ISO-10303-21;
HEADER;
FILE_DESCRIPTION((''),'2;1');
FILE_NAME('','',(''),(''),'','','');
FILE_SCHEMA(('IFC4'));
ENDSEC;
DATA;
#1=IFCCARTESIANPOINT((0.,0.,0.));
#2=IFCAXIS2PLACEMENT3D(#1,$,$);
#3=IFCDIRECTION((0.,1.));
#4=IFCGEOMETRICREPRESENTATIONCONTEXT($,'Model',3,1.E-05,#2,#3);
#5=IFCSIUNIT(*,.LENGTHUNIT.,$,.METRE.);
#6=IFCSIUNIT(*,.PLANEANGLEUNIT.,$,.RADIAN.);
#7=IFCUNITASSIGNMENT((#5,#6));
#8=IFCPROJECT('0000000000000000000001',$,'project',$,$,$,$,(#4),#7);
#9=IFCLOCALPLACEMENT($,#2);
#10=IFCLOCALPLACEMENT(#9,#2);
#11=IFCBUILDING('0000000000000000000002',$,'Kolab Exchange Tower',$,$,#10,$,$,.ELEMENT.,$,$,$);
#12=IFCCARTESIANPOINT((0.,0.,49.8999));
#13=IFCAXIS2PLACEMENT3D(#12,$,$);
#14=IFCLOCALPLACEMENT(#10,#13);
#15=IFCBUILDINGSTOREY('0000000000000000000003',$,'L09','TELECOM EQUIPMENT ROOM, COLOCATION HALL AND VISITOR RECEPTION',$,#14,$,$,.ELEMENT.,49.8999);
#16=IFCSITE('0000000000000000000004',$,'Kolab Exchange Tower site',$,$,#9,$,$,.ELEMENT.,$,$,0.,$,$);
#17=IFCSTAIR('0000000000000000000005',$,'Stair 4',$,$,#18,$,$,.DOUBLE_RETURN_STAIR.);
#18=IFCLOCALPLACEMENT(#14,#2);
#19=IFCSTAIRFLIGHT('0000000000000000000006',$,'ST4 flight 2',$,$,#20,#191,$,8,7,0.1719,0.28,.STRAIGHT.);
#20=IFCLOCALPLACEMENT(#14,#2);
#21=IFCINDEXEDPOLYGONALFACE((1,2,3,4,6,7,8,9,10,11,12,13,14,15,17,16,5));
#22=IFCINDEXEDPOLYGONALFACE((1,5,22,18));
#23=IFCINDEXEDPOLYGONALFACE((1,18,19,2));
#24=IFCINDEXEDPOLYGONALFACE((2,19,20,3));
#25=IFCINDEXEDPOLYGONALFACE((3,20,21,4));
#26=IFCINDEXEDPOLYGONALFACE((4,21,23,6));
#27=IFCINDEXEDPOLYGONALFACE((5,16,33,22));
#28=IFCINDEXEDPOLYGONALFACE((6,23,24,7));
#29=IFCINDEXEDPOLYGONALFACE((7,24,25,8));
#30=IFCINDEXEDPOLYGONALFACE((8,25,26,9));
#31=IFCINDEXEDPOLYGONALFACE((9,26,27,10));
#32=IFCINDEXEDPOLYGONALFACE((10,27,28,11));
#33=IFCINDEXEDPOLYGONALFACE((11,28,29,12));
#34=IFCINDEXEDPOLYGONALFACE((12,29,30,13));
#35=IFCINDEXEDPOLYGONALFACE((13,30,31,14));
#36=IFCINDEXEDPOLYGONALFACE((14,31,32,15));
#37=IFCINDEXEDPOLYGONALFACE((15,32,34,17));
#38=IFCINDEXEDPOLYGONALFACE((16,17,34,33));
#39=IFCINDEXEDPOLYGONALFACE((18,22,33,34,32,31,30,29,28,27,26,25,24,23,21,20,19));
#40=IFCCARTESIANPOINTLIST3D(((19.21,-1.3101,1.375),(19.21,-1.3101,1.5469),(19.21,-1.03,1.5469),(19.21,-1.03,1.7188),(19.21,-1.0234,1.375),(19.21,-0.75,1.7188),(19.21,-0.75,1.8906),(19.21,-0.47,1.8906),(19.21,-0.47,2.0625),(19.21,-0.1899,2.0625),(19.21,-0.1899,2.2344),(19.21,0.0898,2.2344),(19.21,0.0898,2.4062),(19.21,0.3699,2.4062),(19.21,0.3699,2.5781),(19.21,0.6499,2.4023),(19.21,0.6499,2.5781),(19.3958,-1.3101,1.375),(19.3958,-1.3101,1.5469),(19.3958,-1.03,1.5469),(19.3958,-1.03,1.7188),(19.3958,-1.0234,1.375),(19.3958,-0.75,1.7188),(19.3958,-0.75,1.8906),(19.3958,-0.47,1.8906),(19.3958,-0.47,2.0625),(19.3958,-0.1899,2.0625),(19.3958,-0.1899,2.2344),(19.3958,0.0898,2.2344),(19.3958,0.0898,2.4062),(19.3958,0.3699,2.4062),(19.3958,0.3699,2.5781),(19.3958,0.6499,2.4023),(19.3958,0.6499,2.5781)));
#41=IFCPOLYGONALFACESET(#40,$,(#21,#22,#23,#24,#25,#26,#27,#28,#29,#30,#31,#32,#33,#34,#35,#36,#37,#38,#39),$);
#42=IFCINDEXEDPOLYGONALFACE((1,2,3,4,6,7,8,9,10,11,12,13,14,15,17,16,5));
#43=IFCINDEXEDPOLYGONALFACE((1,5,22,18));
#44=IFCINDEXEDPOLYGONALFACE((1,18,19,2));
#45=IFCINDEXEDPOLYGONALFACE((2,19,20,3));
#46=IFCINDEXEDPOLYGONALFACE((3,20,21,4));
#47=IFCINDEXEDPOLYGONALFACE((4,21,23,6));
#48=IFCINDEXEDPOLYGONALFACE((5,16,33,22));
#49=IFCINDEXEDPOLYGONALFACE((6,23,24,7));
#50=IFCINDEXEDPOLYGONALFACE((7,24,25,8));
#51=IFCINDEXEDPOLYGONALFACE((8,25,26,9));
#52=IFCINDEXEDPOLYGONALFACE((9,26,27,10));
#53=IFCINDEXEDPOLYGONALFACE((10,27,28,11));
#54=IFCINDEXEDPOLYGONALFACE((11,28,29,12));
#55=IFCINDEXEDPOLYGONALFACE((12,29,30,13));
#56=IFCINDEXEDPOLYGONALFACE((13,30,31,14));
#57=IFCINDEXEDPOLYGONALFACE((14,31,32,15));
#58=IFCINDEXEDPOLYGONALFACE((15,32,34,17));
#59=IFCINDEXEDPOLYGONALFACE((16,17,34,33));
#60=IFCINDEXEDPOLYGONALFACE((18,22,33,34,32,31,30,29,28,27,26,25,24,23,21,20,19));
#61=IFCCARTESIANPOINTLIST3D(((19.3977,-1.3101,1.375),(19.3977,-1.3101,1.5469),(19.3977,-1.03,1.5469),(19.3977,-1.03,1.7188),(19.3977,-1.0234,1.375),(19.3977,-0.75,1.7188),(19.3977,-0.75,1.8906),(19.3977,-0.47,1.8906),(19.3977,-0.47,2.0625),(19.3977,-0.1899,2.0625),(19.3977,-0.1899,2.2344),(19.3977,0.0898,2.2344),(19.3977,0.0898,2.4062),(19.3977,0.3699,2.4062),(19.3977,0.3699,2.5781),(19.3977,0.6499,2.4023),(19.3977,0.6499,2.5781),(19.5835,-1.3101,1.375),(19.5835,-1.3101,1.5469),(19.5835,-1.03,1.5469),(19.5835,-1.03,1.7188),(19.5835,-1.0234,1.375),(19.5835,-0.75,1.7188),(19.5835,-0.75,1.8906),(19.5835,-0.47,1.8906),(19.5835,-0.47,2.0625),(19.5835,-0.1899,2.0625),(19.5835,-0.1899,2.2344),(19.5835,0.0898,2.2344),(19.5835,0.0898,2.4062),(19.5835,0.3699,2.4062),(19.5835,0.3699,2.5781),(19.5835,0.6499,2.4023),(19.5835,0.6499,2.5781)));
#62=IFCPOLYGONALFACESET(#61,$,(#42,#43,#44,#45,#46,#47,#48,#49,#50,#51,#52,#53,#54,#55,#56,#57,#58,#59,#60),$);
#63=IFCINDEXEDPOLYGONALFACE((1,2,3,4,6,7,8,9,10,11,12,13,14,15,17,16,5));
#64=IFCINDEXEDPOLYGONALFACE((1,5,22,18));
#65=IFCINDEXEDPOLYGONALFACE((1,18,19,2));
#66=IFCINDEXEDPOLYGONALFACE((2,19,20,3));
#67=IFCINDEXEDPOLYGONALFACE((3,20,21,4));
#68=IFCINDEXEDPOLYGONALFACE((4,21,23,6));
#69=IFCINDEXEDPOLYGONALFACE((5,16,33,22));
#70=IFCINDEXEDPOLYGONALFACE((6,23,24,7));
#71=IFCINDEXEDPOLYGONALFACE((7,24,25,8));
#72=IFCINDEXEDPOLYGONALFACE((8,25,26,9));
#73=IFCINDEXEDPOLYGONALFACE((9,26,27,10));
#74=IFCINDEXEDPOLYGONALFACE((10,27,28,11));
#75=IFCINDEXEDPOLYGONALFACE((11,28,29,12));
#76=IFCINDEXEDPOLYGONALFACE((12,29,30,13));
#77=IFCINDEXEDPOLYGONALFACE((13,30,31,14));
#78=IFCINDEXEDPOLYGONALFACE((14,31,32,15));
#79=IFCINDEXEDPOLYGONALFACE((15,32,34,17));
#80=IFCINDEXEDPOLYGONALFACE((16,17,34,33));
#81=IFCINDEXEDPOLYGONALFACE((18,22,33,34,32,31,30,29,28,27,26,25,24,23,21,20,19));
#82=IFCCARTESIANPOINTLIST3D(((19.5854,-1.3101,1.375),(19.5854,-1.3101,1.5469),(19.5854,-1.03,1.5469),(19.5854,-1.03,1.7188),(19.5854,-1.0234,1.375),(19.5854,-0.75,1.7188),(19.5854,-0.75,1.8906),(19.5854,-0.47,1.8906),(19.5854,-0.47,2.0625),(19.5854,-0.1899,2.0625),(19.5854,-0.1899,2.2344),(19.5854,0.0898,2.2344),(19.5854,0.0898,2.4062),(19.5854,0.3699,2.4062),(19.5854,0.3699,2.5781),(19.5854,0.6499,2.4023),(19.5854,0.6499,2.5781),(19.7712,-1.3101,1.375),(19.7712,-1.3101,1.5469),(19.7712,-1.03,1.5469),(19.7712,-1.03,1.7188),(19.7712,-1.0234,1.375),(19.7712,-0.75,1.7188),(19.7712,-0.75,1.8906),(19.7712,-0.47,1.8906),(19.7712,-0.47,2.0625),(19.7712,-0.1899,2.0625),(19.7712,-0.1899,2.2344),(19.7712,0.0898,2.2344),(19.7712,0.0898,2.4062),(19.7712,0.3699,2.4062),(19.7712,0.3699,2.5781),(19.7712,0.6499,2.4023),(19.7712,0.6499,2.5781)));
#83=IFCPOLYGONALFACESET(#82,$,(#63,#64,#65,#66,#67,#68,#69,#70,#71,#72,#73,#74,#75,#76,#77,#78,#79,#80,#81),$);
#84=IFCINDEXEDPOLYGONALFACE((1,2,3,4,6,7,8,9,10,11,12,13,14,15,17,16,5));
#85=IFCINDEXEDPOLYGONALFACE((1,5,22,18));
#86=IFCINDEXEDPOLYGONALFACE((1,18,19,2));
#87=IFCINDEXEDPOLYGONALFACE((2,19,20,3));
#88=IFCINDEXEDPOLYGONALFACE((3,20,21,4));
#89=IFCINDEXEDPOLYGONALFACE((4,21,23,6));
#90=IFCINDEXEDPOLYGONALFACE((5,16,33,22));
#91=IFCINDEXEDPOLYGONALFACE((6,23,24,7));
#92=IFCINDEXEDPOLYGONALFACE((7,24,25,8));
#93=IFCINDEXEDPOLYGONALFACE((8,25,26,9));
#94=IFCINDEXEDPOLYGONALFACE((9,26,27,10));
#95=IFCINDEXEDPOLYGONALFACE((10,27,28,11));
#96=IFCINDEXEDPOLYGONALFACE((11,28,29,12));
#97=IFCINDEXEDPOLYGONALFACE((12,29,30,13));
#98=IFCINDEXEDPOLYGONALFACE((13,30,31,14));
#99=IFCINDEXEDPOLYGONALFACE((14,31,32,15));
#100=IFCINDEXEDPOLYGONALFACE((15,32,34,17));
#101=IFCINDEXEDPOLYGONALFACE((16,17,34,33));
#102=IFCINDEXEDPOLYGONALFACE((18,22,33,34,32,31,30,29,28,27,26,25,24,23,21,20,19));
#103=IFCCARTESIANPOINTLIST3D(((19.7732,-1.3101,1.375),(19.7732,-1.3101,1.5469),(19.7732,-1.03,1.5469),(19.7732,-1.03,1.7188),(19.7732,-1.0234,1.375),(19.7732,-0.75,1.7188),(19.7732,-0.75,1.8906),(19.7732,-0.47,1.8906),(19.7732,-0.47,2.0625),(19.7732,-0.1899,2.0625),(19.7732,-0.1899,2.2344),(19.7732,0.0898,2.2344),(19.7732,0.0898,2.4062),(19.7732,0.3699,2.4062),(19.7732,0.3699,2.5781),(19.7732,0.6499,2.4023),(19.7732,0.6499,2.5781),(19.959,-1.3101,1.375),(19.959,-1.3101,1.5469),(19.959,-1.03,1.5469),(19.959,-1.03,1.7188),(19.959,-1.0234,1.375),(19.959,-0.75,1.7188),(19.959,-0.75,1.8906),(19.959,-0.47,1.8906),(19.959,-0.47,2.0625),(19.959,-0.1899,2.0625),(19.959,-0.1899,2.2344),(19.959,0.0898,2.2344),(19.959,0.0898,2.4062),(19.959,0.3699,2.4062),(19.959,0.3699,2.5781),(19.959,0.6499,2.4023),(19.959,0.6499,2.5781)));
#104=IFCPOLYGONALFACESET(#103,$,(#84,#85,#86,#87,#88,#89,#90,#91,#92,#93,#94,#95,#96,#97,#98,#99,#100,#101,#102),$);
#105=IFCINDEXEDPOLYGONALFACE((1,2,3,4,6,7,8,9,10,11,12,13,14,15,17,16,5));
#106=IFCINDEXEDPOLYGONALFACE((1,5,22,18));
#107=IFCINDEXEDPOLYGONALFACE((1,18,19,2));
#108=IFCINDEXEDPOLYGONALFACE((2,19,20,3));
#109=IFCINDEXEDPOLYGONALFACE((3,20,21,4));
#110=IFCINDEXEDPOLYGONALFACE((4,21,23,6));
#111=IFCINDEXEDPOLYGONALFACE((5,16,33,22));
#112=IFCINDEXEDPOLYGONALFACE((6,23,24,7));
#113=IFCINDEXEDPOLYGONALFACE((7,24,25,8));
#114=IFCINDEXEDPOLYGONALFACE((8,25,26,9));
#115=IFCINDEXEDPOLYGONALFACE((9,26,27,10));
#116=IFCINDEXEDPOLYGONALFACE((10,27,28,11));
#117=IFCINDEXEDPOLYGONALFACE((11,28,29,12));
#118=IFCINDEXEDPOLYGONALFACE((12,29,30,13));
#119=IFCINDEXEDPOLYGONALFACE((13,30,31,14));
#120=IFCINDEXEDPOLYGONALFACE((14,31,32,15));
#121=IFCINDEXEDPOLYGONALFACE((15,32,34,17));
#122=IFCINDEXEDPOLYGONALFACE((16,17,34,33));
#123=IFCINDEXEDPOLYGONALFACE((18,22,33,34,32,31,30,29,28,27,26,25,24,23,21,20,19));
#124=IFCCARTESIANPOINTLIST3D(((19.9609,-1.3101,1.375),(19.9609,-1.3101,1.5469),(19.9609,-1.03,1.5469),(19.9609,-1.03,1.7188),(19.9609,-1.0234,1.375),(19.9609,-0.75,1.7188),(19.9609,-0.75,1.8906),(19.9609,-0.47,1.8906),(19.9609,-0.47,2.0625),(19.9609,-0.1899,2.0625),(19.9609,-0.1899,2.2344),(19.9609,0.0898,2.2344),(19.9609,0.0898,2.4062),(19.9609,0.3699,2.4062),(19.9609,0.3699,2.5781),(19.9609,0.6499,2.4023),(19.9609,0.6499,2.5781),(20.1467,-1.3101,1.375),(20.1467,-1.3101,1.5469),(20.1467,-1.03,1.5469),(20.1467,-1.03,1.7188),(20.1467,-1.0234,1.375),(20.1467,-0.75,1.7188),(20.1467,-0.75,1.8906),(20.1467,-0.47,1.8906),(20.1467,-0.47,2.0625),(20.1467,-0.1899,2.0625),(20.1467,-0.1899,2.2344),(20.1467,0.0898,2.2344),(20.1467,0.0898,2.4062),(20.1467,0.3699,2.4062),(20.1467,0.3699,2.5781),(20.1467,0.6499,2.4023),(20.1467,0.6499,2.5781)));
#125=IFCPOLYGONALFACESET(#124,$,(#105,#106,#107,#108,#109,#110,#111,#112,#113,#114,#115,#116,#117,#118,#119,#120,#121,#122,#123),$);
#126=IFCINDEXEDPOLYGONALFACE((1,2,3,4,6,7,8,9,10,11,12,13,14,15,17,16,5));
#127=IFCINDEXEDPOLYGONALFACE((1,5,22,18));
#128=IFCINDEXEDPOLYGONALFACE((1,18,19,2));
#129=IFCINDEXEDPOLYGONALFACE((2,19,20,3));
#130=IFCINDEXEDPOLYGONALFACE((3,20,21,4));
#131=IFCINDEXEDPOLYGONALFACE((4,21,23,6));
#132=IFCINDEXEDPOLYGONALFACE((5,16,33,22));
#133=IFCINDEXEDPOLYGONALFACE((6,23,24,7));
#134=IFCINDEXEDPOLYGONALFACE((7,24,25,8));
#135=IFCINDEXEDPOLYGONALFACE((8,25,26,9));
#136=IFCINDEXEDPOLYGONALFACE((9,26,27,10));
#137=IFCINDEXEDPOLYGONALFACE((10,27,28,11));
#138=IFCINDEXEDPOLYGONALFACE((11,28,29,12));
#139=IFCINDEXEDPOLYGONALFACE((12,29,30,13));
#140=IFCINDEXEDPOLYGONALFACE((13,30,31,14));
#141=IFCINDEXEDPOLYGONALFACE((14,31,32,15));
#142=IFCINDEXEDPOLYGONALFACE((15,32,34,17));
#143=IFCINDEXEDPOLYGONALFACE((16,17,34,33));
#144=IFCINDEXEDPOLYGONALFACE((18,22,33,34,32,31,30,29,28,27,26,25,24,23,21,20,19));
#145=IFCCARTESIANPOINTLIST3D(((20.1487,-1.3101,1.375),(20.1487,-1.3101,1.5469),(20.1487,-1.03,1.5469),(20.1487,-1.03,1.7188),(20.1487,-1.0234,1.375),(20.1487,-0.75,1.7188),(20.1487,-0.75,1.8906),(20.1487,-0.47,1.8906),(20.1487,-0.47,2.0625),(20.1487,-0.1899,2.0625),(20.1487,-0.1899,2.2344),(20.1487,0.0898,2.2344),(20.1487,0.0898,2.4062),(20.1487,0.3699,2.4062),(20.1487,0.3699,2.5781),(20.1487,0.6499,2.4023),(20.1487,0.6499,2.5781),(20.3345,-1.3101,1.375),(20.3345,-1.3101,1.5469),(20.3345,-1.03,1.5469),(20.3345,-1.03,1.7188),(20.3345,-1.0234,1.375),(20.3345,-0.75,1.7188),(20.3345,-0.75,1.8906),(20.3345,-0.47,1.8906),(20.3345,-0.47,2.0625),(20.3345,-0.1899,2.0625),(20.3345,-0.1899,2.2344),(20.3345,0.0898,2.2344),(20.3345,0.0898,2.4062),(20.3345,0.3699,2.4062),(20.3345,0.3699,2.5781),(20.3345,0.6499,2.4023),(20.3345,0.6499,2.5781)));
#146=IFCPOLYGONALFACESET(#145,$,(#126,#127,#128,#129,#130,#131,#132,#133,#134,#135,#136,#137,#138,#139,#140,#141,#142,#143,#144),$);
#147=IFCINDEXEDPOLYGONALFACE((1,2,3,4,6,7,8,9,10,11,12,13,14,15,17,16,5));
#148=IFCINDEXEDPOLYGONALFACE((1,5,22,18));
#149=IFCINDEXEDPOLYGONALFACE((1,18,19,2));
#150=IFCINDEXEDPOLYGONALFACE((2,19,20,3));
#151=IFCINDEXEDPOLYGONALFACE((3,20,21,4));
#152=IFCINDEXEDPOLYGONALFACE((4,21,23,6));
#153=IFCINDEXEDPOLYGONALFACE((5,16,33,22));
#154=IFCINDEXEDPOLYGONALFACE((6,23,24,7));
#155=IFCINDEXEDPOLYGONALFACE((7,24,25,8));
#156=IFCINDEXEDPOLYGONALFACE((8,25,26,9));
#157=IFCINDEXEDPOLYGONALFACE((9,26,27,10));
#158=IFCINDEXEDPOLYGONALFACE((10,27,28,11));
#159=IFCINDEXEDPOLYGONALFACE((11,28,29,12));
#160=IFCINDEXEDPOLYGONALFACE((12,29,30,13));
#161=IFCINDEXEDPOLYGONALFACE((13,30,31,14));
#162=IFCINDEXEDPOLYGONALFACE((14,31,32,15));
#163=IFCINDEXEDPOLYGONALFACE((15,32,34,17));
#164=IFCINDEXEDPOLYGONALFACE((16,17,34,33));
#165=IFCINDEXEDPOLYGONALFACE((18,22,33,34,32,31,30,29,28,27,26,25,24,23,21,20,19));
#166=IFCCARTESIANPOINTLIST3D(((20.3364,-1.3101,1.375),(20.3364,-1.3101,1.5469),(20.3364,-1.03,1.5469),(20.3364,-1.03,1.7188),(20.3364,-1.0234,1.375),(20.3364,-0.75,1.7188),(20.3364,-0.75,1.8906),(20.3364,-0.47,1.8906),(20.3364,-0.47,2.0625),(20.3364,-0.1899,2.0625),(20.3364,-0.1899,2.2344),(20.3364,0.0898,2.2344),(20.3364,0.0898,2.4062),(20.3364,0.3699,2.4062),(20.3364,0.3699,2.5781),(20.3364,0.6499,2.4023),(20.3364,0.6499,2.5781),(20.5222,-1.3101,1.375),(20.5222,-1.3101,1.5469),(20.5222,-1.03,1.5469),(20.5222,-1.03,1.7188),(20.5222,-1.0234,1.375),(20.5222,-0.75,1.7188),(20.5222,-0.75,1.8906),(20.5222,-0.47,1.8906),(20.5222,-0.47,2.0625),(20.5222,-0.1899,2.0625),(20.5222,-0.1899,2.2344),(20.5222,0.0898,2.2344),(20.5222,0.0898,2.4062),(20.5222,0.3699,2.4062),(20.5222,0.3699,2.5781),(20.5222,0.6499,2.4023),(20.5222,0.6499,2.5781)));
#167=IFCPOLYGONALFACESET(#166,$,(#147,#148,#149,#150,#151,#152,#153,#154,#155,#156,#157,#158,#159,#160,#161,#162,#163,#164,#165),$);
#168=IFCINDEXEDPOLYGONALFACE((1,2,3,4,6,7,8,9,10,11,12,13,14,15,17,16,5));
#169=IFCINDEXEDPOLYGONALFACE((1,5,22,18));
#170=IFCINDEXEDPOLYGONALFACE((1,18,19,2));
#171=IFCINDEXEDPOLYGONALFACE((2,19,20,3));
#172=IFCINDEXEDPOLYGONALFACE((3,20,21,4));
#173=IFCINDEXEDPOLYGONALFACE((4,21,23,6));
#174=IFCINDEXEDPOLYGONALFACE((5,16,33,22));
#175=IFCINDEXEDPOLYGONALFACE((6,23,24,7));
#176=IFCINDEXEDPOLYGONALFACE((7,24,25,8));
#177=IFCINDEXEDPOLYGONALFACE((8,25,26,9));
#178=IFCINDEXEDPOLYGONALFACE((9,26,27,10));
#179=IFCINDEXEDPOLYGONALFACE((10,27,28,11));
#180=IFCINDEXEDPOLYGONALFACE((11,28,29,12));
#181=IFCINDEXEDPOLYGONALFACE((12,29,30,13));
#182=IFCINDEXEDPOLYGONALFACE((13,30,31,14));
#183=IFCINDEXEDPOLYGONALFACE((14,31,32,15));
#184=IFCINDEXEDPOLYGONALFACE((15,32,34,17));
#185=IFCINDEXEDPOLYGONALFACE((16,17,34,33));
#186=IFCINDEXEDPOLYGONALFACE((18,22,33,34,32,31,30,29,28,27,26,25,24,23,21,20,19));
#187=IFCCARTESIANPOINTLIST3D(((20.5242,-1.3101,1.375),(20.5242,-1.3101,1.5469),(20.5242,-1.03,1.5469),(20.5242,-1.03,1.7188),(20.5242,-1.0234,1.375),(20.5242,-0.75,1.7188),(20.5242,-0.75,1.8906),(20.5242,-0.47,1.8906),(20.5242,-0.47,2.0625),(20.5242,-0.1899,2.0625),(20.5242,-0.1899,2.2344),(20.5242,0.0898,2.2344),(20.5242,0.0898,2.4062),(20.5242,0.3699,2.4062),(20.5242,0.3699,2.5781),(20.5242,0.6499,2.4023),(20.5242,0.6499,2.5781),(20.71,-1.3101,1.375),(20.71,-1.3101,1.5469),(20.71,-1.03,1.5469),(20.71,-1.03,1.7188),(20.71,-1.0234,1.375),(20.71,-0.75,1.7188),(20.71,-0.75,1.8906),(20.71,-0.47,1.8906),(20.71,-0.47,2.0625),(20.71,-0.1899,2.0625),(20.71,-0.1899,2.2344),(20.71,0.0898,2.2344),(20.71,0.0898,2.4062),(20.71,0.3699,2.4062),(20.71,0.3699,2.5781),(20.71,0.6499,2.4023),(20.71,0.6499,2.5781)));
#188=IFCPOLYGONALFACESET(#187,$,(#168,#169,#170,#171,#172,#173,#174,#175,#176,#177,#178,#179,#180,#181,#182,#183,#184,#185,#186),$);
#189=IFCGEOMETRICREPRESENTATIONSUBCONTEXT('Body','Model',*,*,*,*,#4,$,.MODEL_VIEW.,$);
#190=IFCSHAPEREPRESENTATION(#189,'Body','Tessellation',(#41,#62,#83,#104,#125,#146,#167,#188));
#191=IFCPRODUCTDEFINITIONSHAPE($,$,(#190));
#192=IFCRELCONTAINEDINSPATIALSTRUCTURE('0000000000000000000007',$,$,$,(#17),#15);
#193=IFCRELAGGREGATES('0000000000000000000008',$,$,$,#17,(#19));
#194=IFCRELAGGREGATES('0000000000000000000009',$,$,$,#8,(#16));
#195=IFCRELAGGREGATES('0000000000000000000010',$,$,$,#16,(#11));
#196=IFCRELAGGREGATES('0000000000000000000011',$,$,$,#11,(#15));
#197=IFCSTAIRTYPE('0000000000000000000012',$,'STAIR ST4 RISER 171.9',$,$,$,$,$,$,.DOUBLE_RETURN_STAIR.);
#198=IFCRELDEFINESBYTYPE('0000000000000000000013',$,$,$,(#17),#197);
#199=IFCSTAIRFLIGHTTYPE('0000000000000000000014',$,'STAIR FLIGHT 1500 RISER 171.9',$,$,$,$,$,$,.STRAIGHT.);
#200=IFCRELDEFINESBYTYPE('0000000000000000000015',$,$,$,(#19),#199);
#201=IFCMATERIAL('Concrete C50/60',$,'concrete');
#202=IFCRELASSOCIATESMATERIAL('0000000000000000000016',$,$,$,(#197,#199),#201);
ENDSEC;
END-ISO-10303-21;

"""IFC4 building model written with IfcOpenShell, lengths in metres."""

from ifc_helpers import new_model, si_unit, direction, frame, origin, place, context, subcontext, project, spatial, polyline, outline, extrude, material, type_object, element, aggregate, save


model = new_model("IFC4")

# Units and contexts
model_context = context("Model", 3, precision=1e-05, world=origin(), true_north=direction((0.0, 1.0)))
body_context = subcontext(model_context, "Body", "Model", "MODEL_VIEW")
ifc_project = project(units=[si_unit("LENGTHUNIT", "METRE"), si_unit("PLANEANGLEUNIT", "RADIAN")], contexts=[model_context])

# Site, building, storey
site_placement = place(None, origin())
site = spatial("IfcSite", under=ifc_project, at=site_placement, Name="Kolab Exchange Tower site", CompositionType="ELEMENT", RefElevation=0.0)
building_placement = place(site_placement, origin())
building = spatial("IfcBuilding", under=site, at=building_placement, Name="Kolab Exchange Tower", CompositionType="ELEMENT")
storey_placement = place(building_placement, frame((0.0, 0.0, 49.8999)))
storey = spatial("IfcBuildingStorey", under=building, at=storey_placement, Name="L09", Description="TELECOM EQUIPMENT ROOM, COLOCATION HALL AND VISITOR RECEPTION", CompositionType="ELEMENT", Elevation=49.8999)

# Shared definitions
ifc_material_1 = material(Name="Concrete C50/60", Category="concrete")

# Stair, stair flight
stair_type = type_object("IfcStairType", Name="STAIR ST4 RISER 171.9", PredefinedType="DOUBLE_RETURN_STAIR", material=ifc_material_1)
stair_placement = place(storey_placement, origin())
stair = element("IfcStair", 1, at=stair_placement, inside=storey, type_object=stair_type, Name="Stair 4", PredefinedType="DOUBLE_RETURN_STAIR")
stair_flight_type = type_object("IfcStairFlightType", Name="STAIR FLIGHT 1500 RISER 171.9", PredefinedType="STRAIGHT", material=ifc_material_1)
stair_flight_1_placement = place(storey_placement, frame((19.96, -1.3101, 1.375), z_axis=(0.0, 0.0, 1.0), x_axis=(0.0, 1.0, 0.0)))
stair_flight_1 = element("IfcStairFlight", 2, at=stair_flight_1_placement, type_object=stair_flight_type, Name="ST4 flight 2", NumberOfRisers=8, NumberOfTreads=7, PredefinedType="STRAIGHT", RiserHeight=0.1719, TreadLength=0.28, context=body_context, shape_type="SweptSolid", body=[
    extrude(outline(polyline([(0.0, 0.0), (0.0, 0.1719), (0.28, 0.1719), (0.28, 0.3438), (0.5601, 0.3438), (0.5601, 0.5156), (0.8401, 0.5156), (0.8401, 0.6875), (1.1201, 0.6875), (1.1201, 0.8594), (1.3999, 0.8594), (1.3999, 1.0312), (1.6799, 1.0312), (1.6799, 1.2031), (1.96, 1.2031), (1.96, 1.375), (1.96, 1.0273), (0.2866, 0.0), (0.0, 0.0)])), frame((0.0, 0.75, 0.0), z_axis=(0.0, -1.0, 0.0), x_axis=(1.0, 0.0, 0.0)), (0.0, 0.0, 1.0), 0.1858),
    extrude(outline(polyline([(0.0, 0.0), (0.0, 0.1719), (0.28, 0.1719), (0.28, 0.3438), (0.5601, 0.3438), (0.5601, 0.5156), (0.8401, 0.5156), (0.8401, 0.6875), (1.1201, 0.6875), (1.1201, 0.8594), (1.3999, 0.8594), (1.3999, 1.0312), (1.6799, 1.0312), (1.6799, 1.2031), (1.96, 1.2031), (1.96, 1.375), (1.96, 1.0273), (0.2866, 0.0), (0.0, 0.0)])), frame((0.0, 0.5623, 0.0), z_axis=(0.0, -1.0, 0.0), x_axis=(1.0, 0.0, 0.0)), (0.0, 0.0, 1.0), 0.1858),
    extrude(outline(polyline([(0.0, 0.0), (0.0, 0.1719), (0.28, 0.1719), (0.28, 0.3438), (0.5601, 0.3438), (0.5601, 0.5156), (0.8401, 0.5156), (0.8401, 0.6875), (1.1201, 0.6875), (1.1201, 0.8594), (1.3999, 0.8594), (1.3999, 1.0312), (1.6799, 1.0312), (1.6799, 1.2031), (1.96, 1.2031), (1.96, 1.375), (1.96, 1.0273), (0.2866, 0.0), (0.0, 0.0)])), frame((0.0, 0.3745, 0.0), z_axis=(0.0, -1.0, 0.0), x_axis=(1.0, 0.0, 0.0)), (0.0, 0.0, 1.0), 0.1858),
    extrude(outline(polyline([(0.0, 0.0), (0.0, 0.1719), (0.28, 0.1719), (0.28, 0.3438), (0.5601, 0.3438), (0.5601, 0.5156), (0.8401, 0.5156), (0.8401, 0.6875), (1.1201, 0.6875), (1.1201, 0.8594), (1.3999, 0.8594), (1.3999, 1.0312), (1.6799, 1.0312), (1.6799, 1.2031), (1.96, 1.2031), (1.96, 1.375), (1.96, 1.0273), (0.2866, 0.0), (0.0, 0.0)])), frame((0.0, 0.1868, 0.0), z_axis=(0.0, -1.0, 0.0), x_axis=(1.0, 0.0, 0.0)), (0.0, 0.0, 1.0), 0.1858),
    extrude(outline(polyline([(0.0, 0.0), (0.0, 0.1719), (0.28, 0.1719), (0.28, 0.3438), (0.5601, 0.3438), (0.5601, 0.5156), (0.8401, 0.5156), (0.8401, 0.6875), (1.1201, 0.6875), (1.1201, 0.8594), (1.3999, 0.8594), (1.3999, 1.0312), (1.6799, 1.0312), (1.6799, 1.2031), (1.96, 1.2031), (1.96, 1.375), (1.96, 1.0273), (0.2866, 0.0), (0.0, 0.0)])), frame((0.0, -0.001, 0.0), z_axis=(0.0, -1.0, 0.0), x_axis=(1.0, 0.0, 0.0)), (0.0, 0.0, 1.0), 0.1858),
    extrude(outline(polyline([(0.0, 0.0), (0.0, 0.1719), (0.28, 0.1719), (0.28, 0.3438), (0.5601, 0.3438), (0.5601, 0.5156), (0.8401, 0.5156), (0.8401, 0.6875), (1.1201, 0.6875), (1.1201, 0.8594), (1.3999, 0.8594), (1.3999, 1.0312), (1.6799, 1.0312), (1.6799, 1.2031), (1.96, 1.2031), (1.96, 1.375), (1.96, 1.0273), (0.2866, 0.0), (0.0, 0.0)])), frame((0.0, -0.1887, 0.0), z_axis=(0.0, -1.0, 0.0), x_axis=(1.0, 0.0, 0.0)), (0.0, 0.0, 1.0), 0.1858),
    extrude(outline(polyline([(0.0, 0.0), (0.0, 0.1719), (0.28, 0.1719), (0.28, 0.3438), (0.5601, 0.3438), (0.5601, 0.5156), (0.8401, 0.5156), (0.8401, 0.6875), (1.1201, 0.6875), (1.1201, 0.8594), (1.3999, 0.8594), (1.3999, 1.0312), (1.6799, 1.0312), (1.6799, 1.2031), (1.96, 1.2031), (1.96, 1.375), (1.96, 1.0273), (0.2866, 0.0), (0.0, 0.0)])), frame((0.0, -0.3765, 0.0), z_axis=(0.0, -1.0, 0.0), x_axis=(1.0, 0.0, 0.0)), (0.0, 0.0, 1.0), 0.1858),
    extrude(outline(polyline([(0.0, 0.0), (0.0, 0.1719), (0.28, 0.1719), (0.28, 0.3438), (0.5601, 0.3438), (0.5601, 0.5156), (0.8401, 0.5156), (0.8401, 0.6875), (1.1201, 0.6875), (1.1201, 0.8594), (1.3999, 0.8594), (1.3999, 1.0312), (1.6799, 1.0312), (1.6799, 1.2031), (1.96, 1.2031), (1.96, 1.375), (1.96, 1.0273), (0.2866, 0.0), (0.0, 0.0)])), frame((0.0, -0.5642, 0.0), z_axis=(0.0, -1.0, 0.0), x_axis=(1.0, 0.0, 0.0)), (0.0, 0.0, 1.0), 0.1858),
])
aggregate(stair, [stair_flight_1])

save(model, "model.ifc")
